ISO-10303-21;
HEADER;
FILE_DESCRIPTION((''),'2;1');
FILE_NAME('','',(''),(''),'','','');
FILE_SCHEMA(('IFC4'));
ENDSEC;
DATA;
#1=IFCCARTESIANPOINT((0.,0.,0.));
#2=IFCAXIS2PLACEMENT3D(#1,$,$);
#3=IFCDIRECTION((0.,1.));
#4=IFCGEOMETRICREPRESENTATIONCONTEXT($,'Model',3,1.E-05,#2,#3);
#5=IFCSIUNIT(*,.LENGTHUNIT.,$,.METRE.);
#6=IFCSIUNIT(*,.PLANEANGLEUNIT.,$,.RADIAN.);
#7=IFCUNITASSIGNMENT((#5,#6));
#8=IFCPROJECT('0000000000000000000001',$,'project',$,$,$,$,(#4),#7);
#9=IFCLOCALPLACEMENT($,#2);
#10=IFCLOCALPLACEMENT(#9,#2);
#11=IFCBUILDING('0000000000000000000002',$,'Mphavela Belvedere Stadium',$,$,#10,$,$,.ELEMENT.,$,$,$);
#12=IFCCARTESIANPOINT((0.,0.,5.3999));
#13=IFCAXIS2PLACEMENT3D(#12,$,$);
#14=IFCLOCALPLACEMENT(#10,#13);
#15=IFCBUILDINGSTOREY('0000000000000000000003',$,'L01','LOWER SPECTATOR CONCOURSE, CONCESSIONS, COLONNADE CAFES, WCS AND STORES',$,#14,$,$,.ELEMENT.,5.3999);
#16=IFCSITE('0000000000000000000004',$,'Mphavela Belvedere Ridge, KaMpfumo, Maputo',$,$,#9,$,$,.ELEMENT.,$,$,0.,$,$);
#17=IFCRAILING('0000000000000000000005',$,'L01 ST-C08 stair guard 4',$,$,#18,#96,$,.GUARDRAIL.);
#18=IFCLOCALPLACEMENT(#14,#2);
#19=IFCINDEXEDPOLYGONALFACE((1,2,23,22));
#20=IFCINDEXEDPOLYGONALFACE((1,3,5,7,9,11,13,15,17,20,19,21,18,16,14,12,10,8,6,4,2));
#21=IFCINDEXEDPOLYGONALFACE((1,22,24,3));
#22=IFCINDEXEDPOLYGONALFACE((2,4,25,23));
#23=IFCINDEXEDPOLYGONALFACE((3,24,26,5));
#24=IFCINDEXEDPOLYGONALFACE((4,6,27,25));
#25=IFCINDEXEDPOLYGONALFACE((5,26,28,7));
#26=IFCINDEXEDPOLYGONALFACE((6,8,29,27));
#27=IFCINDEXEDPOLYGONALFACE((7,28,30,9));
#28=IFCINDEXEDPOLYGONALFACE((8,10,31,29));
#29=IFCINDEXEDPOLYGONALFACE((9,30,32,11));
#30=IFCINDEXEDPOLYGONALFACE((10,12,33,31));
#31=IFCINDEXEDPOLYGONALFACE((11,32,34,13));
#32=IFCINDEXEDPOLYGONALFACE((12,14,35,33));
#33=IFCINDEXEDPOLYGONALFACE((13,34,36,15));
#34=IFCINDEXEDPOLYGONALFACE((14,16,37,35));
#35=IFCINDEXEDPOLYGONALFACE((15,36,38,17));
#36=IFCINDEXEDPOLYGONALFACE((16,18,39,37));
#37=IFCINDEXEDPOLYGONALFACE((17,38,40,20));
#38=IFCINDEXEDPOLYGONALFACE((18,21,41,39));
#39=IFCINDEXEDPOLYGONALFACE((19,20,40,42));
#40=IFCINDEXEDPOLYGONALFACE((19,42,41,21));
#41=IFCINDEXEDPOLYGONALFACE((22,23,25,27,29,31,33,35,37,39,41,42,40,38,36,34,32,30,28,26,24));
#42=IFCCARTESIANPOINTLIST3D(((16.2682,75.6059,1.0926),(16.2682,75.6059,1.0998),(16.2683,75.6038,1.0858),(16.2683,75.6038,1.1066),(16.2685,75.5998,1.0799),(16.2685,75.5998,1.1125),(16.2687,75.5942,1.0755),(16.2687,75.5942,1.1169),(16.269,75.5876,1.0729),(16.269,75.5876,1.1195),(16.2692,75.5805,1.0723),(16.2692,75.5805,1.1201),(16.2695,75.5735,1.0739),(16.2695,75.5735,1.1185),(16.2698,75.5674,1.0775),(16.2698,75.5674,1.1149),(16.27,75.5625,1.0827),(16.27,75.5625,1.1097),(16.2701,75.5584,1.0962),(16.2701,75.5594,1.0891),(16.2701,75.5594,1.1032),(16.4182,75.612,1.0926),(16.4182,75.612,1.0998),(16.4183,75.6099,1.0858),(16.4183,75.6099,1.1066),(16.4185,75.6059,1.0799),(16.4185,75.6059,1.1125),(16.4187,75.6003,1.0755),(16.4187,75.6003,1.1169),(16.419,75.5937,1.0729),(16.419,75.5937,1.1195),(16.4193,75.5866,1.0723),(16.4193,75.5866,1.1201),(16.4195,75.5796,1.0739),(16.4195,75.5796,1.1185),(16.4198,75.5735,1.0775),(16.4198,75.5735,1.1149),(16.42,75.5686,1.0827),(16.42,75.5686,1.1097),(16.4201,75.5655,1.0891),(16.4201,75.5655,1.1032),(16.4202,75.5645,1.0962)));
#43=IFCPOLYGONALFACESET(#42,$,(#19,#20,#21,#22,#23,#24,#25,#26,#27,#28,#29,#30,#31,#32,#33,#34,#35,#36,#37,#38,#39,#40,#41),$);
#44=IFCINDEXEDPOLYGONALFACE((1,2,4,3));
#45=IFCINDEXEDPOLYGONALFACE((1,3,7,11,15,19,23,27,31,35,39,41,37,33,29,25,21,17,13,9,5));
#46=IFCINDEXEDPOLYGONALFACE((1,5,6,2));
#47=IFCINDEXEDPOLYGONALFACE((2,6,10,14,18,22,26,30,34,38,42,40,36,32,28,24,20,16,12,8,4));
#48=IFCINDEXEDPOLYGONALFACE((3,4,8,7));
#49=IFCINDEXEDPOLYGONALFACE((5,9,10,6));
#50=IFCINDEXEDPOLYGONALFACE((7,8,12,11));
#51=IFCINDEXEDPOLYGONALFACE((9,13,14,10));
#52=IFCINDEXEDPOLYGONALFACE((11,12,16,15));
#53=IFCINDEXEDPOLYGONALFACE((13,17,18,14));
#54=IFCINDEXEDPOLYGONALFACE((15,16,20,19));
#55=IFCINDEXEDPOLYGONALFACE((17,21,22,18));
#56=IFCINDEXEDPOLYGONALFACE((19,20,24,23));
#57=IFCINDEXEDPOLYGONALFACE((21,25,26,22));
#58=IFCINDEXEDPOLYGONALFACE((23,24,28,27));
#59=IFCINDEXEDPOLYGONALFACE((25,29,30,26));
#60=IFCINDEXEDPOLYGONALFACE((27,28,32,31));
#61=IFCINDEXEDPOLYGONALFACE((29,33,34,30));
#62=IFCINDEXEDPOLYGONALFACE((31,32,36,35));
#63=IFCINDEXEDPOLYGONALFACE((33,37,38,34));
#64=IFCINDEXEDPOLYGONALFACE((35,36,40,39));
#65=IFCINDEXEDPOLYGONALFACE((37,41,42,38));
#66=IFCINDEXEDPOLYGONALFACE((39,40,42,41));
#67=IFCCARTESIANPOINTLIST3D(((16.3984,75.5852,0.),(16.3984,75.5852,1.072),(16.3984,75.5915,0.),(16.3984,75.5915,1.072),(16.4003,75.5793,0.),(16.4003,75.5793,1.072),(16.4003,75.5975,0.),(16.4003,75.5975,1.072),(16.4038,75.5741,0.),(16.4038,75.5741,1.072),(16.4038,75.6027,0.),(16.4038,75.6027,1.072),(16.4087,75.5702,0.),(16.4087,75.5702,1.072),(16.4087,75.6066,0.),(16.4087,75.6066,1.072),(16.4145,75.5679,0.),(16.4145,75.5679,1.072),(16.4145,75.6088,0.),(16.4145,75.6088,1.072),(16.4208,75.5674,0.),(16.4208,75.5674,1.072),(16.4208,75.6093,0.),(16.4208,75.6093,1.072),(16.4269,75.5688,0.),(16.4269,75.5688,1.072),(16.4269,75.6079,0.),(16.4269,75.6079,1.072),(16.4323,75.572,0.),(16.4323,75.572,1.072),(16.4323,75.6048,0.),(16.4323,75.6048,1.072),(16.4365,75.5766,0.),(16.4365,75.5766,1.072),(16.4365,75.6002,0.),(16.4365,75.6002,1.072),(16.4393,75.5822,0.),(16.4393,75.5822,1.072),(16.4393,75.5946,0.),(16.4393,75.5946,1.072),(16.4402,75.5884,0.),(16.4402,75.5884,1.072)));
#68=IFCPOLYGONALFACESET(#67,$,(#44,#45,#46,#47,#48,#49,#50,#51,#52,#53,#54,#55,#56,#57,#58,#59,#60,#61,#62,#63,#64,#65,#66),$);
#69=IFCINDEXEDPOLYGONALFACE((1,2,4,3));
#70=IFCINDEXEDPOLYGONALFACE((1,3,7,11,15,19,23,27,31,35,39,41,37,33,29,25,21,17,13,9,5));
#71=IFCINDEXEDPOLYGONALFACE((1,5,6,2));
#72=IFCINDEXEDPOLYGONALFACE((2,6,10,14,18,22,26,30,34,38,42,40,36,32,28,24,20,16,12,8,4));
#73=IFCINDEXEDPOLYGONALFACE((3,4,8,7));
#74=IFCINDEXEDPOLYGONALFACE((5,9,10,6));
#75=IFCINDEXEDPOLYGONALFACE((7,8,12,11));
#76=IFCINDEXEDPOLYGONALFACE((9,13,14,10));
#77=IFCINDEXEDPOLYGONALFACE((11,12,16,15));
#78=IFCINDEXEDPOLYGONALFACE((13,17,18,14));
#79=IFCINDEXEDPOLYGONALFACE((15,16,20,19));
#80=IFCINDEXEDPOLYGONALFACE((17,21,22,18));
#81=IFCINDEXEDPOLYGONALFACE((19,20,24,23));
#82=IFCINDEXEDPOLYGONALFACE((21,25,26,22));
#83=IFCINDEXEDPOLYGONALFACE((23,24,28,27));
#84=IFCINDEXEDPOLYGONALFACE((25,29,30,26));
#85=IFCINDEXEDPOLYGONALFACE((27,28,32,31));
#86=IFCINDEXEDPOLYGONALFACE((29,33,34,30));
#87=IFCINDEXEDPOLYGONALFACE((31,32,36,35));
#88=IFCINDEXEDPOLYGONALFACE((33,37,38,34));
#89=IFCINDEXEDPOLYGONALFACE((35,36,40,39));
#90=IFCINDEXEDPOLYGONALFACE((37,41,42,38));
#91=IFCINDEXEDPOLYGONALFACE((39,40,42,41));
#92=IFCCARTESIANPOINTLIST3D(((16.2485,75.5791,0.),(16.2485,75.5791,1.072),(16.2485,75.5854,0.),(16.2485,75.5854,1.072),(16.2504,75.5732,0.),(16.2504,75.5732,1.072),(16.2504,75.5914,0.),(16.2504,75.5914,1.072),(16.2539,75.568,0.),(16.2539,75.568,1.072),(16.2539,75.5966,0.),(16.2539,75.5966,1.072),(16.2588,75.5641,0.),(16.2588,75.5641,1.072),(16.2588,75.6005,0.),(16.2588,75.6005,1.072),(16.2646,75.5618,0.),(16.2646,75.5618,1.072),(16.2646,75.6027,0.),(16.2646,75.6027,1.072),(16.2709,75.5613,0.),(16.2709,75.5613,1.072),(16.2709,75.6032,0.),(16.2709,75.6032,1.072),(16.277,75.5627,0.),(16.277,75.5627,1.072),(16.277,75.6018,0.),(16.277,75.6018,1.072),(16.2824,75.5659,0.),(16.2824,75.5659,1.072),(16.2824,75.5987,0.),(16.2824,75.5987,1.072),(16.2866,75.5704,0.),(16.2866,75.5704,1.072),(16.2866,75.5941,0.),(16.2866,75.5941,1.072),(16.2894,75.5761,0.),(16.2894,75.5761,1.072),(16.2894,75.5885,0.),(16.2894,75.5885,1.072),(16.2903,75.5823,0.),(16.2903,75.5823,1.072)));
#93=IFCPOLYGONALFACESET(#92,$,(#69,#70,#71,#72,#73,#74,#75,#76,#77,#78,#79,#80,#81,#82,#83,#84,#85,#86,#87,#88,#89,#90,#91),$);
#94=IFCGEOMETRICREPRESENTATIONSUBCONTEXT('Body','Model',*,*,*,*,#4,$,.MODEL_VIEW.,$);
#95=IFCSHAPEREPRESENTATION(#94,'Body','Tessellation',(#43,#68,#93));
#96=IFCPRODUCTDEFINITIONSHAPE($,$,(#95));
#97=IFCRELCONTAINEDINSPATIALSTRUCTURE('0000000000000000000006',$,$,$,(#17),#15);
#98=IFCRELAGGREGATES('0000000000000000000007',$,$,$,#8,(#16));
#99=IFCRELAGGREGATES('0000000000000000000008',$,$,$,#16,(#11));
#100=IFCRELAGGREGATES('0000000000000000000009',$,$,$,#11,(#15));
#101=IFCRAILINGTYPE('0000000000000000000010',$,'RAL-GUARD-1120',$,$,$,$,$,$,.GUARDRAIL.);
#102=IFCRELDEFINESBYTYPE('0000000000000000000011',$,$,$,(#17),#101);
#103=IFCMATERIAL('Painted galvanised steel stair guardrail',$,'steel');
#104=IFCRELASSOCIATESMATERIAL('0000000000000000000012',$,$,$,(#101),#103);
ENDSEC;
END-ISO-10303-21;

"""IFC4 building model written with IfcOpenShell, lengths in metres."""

from ifc_helpers import new_model, si_unit, direction, frame, origin, origin_2d, place, context, subcontext, project, spatial, circle, extrude, material, type_object, element, save


model = new_model("IFC4")

# Units and contexts
model_context = context("Model", 3, precision=1e-05, world=origin(), true_north=direction((0.0, 1.0)))
body_context = subcontext(model_context, "Body", "Model", "MODEL_VIEW")
ifc_project = project(units=[si_unit("LENGTHUNIT", "METRE"), si_unit("PLANEANGLEUNIT", "RADIAN")], contexts=[model_context])

# Site, building, storey
site_placement = place(None, origin())
site = spatial("IfcSite", under=ifc_project, at=site_placement, Name="Mphavela Belvedere Ridge, KaMpfumo, Maputo", CompositionType="ELEMENT", RefElevation=0.0)
building_placement = place(site_placement, origin())
building = spatial("IfcBuilding", under=site, at=building_placement, Name="Mphavela Belvedere Stadium", CompositionType="ELEMENT")
storey_placement = place(building_placement, frame((0.0, 0.0, 5.3999)))
storey = spatial("IfcBuildingStorey", under=building, at=storey_placement, Name="L01", Description="LOWER SPECTATOR CONCOURSE, CONCESSIONS, COLONNADE CAFES, WCS AND STORES", CompositionType="ELEMENT", Elevation=5.3999)

# Railing
ifc_material_1 = material(Name="Painted galvanised steel stair guardrail", Category="steel")
railing_type_1 = type_object("IfcRailingType", Name="RAL-GUARD-1120", PredefinedType="GUARDRAIL", material=ifc_material_1)
railing_1_placement = place(storey_placement, frame((16.4192, 75.5884, 0.0)))
element("IfcRailing", 1, at=railing_1_placement, inside=storey, type_object=railing_type_1, Name="L01 ST-C08 stair guard 4", PredefinedType="GUARDRAIL", context=body_context, shape_type="SweptSolid", body=[
    extrude(circle(Radius=0.0239, at=origin_2d()), frame((0.0, 0.0, 1.0962), z_axis=(-0.999172, -0.040683, 0.0), x_axis=(0.040683, -0.999172, 0.0)), (0.0, 0.0, 1.0), 0.1501),
    extrude(circle(Radius=0.021, at=origin_2d()), origin(), (0.0, 0.0, 1.0), 1.072),
    extrude(circle(Radius=0.021, at=origin_2d()), frame((-0.1499, -0.0061, 0.0)), (0.0, 0.0, 1.0), 1.072),
])

save(model, "model.ifc")
